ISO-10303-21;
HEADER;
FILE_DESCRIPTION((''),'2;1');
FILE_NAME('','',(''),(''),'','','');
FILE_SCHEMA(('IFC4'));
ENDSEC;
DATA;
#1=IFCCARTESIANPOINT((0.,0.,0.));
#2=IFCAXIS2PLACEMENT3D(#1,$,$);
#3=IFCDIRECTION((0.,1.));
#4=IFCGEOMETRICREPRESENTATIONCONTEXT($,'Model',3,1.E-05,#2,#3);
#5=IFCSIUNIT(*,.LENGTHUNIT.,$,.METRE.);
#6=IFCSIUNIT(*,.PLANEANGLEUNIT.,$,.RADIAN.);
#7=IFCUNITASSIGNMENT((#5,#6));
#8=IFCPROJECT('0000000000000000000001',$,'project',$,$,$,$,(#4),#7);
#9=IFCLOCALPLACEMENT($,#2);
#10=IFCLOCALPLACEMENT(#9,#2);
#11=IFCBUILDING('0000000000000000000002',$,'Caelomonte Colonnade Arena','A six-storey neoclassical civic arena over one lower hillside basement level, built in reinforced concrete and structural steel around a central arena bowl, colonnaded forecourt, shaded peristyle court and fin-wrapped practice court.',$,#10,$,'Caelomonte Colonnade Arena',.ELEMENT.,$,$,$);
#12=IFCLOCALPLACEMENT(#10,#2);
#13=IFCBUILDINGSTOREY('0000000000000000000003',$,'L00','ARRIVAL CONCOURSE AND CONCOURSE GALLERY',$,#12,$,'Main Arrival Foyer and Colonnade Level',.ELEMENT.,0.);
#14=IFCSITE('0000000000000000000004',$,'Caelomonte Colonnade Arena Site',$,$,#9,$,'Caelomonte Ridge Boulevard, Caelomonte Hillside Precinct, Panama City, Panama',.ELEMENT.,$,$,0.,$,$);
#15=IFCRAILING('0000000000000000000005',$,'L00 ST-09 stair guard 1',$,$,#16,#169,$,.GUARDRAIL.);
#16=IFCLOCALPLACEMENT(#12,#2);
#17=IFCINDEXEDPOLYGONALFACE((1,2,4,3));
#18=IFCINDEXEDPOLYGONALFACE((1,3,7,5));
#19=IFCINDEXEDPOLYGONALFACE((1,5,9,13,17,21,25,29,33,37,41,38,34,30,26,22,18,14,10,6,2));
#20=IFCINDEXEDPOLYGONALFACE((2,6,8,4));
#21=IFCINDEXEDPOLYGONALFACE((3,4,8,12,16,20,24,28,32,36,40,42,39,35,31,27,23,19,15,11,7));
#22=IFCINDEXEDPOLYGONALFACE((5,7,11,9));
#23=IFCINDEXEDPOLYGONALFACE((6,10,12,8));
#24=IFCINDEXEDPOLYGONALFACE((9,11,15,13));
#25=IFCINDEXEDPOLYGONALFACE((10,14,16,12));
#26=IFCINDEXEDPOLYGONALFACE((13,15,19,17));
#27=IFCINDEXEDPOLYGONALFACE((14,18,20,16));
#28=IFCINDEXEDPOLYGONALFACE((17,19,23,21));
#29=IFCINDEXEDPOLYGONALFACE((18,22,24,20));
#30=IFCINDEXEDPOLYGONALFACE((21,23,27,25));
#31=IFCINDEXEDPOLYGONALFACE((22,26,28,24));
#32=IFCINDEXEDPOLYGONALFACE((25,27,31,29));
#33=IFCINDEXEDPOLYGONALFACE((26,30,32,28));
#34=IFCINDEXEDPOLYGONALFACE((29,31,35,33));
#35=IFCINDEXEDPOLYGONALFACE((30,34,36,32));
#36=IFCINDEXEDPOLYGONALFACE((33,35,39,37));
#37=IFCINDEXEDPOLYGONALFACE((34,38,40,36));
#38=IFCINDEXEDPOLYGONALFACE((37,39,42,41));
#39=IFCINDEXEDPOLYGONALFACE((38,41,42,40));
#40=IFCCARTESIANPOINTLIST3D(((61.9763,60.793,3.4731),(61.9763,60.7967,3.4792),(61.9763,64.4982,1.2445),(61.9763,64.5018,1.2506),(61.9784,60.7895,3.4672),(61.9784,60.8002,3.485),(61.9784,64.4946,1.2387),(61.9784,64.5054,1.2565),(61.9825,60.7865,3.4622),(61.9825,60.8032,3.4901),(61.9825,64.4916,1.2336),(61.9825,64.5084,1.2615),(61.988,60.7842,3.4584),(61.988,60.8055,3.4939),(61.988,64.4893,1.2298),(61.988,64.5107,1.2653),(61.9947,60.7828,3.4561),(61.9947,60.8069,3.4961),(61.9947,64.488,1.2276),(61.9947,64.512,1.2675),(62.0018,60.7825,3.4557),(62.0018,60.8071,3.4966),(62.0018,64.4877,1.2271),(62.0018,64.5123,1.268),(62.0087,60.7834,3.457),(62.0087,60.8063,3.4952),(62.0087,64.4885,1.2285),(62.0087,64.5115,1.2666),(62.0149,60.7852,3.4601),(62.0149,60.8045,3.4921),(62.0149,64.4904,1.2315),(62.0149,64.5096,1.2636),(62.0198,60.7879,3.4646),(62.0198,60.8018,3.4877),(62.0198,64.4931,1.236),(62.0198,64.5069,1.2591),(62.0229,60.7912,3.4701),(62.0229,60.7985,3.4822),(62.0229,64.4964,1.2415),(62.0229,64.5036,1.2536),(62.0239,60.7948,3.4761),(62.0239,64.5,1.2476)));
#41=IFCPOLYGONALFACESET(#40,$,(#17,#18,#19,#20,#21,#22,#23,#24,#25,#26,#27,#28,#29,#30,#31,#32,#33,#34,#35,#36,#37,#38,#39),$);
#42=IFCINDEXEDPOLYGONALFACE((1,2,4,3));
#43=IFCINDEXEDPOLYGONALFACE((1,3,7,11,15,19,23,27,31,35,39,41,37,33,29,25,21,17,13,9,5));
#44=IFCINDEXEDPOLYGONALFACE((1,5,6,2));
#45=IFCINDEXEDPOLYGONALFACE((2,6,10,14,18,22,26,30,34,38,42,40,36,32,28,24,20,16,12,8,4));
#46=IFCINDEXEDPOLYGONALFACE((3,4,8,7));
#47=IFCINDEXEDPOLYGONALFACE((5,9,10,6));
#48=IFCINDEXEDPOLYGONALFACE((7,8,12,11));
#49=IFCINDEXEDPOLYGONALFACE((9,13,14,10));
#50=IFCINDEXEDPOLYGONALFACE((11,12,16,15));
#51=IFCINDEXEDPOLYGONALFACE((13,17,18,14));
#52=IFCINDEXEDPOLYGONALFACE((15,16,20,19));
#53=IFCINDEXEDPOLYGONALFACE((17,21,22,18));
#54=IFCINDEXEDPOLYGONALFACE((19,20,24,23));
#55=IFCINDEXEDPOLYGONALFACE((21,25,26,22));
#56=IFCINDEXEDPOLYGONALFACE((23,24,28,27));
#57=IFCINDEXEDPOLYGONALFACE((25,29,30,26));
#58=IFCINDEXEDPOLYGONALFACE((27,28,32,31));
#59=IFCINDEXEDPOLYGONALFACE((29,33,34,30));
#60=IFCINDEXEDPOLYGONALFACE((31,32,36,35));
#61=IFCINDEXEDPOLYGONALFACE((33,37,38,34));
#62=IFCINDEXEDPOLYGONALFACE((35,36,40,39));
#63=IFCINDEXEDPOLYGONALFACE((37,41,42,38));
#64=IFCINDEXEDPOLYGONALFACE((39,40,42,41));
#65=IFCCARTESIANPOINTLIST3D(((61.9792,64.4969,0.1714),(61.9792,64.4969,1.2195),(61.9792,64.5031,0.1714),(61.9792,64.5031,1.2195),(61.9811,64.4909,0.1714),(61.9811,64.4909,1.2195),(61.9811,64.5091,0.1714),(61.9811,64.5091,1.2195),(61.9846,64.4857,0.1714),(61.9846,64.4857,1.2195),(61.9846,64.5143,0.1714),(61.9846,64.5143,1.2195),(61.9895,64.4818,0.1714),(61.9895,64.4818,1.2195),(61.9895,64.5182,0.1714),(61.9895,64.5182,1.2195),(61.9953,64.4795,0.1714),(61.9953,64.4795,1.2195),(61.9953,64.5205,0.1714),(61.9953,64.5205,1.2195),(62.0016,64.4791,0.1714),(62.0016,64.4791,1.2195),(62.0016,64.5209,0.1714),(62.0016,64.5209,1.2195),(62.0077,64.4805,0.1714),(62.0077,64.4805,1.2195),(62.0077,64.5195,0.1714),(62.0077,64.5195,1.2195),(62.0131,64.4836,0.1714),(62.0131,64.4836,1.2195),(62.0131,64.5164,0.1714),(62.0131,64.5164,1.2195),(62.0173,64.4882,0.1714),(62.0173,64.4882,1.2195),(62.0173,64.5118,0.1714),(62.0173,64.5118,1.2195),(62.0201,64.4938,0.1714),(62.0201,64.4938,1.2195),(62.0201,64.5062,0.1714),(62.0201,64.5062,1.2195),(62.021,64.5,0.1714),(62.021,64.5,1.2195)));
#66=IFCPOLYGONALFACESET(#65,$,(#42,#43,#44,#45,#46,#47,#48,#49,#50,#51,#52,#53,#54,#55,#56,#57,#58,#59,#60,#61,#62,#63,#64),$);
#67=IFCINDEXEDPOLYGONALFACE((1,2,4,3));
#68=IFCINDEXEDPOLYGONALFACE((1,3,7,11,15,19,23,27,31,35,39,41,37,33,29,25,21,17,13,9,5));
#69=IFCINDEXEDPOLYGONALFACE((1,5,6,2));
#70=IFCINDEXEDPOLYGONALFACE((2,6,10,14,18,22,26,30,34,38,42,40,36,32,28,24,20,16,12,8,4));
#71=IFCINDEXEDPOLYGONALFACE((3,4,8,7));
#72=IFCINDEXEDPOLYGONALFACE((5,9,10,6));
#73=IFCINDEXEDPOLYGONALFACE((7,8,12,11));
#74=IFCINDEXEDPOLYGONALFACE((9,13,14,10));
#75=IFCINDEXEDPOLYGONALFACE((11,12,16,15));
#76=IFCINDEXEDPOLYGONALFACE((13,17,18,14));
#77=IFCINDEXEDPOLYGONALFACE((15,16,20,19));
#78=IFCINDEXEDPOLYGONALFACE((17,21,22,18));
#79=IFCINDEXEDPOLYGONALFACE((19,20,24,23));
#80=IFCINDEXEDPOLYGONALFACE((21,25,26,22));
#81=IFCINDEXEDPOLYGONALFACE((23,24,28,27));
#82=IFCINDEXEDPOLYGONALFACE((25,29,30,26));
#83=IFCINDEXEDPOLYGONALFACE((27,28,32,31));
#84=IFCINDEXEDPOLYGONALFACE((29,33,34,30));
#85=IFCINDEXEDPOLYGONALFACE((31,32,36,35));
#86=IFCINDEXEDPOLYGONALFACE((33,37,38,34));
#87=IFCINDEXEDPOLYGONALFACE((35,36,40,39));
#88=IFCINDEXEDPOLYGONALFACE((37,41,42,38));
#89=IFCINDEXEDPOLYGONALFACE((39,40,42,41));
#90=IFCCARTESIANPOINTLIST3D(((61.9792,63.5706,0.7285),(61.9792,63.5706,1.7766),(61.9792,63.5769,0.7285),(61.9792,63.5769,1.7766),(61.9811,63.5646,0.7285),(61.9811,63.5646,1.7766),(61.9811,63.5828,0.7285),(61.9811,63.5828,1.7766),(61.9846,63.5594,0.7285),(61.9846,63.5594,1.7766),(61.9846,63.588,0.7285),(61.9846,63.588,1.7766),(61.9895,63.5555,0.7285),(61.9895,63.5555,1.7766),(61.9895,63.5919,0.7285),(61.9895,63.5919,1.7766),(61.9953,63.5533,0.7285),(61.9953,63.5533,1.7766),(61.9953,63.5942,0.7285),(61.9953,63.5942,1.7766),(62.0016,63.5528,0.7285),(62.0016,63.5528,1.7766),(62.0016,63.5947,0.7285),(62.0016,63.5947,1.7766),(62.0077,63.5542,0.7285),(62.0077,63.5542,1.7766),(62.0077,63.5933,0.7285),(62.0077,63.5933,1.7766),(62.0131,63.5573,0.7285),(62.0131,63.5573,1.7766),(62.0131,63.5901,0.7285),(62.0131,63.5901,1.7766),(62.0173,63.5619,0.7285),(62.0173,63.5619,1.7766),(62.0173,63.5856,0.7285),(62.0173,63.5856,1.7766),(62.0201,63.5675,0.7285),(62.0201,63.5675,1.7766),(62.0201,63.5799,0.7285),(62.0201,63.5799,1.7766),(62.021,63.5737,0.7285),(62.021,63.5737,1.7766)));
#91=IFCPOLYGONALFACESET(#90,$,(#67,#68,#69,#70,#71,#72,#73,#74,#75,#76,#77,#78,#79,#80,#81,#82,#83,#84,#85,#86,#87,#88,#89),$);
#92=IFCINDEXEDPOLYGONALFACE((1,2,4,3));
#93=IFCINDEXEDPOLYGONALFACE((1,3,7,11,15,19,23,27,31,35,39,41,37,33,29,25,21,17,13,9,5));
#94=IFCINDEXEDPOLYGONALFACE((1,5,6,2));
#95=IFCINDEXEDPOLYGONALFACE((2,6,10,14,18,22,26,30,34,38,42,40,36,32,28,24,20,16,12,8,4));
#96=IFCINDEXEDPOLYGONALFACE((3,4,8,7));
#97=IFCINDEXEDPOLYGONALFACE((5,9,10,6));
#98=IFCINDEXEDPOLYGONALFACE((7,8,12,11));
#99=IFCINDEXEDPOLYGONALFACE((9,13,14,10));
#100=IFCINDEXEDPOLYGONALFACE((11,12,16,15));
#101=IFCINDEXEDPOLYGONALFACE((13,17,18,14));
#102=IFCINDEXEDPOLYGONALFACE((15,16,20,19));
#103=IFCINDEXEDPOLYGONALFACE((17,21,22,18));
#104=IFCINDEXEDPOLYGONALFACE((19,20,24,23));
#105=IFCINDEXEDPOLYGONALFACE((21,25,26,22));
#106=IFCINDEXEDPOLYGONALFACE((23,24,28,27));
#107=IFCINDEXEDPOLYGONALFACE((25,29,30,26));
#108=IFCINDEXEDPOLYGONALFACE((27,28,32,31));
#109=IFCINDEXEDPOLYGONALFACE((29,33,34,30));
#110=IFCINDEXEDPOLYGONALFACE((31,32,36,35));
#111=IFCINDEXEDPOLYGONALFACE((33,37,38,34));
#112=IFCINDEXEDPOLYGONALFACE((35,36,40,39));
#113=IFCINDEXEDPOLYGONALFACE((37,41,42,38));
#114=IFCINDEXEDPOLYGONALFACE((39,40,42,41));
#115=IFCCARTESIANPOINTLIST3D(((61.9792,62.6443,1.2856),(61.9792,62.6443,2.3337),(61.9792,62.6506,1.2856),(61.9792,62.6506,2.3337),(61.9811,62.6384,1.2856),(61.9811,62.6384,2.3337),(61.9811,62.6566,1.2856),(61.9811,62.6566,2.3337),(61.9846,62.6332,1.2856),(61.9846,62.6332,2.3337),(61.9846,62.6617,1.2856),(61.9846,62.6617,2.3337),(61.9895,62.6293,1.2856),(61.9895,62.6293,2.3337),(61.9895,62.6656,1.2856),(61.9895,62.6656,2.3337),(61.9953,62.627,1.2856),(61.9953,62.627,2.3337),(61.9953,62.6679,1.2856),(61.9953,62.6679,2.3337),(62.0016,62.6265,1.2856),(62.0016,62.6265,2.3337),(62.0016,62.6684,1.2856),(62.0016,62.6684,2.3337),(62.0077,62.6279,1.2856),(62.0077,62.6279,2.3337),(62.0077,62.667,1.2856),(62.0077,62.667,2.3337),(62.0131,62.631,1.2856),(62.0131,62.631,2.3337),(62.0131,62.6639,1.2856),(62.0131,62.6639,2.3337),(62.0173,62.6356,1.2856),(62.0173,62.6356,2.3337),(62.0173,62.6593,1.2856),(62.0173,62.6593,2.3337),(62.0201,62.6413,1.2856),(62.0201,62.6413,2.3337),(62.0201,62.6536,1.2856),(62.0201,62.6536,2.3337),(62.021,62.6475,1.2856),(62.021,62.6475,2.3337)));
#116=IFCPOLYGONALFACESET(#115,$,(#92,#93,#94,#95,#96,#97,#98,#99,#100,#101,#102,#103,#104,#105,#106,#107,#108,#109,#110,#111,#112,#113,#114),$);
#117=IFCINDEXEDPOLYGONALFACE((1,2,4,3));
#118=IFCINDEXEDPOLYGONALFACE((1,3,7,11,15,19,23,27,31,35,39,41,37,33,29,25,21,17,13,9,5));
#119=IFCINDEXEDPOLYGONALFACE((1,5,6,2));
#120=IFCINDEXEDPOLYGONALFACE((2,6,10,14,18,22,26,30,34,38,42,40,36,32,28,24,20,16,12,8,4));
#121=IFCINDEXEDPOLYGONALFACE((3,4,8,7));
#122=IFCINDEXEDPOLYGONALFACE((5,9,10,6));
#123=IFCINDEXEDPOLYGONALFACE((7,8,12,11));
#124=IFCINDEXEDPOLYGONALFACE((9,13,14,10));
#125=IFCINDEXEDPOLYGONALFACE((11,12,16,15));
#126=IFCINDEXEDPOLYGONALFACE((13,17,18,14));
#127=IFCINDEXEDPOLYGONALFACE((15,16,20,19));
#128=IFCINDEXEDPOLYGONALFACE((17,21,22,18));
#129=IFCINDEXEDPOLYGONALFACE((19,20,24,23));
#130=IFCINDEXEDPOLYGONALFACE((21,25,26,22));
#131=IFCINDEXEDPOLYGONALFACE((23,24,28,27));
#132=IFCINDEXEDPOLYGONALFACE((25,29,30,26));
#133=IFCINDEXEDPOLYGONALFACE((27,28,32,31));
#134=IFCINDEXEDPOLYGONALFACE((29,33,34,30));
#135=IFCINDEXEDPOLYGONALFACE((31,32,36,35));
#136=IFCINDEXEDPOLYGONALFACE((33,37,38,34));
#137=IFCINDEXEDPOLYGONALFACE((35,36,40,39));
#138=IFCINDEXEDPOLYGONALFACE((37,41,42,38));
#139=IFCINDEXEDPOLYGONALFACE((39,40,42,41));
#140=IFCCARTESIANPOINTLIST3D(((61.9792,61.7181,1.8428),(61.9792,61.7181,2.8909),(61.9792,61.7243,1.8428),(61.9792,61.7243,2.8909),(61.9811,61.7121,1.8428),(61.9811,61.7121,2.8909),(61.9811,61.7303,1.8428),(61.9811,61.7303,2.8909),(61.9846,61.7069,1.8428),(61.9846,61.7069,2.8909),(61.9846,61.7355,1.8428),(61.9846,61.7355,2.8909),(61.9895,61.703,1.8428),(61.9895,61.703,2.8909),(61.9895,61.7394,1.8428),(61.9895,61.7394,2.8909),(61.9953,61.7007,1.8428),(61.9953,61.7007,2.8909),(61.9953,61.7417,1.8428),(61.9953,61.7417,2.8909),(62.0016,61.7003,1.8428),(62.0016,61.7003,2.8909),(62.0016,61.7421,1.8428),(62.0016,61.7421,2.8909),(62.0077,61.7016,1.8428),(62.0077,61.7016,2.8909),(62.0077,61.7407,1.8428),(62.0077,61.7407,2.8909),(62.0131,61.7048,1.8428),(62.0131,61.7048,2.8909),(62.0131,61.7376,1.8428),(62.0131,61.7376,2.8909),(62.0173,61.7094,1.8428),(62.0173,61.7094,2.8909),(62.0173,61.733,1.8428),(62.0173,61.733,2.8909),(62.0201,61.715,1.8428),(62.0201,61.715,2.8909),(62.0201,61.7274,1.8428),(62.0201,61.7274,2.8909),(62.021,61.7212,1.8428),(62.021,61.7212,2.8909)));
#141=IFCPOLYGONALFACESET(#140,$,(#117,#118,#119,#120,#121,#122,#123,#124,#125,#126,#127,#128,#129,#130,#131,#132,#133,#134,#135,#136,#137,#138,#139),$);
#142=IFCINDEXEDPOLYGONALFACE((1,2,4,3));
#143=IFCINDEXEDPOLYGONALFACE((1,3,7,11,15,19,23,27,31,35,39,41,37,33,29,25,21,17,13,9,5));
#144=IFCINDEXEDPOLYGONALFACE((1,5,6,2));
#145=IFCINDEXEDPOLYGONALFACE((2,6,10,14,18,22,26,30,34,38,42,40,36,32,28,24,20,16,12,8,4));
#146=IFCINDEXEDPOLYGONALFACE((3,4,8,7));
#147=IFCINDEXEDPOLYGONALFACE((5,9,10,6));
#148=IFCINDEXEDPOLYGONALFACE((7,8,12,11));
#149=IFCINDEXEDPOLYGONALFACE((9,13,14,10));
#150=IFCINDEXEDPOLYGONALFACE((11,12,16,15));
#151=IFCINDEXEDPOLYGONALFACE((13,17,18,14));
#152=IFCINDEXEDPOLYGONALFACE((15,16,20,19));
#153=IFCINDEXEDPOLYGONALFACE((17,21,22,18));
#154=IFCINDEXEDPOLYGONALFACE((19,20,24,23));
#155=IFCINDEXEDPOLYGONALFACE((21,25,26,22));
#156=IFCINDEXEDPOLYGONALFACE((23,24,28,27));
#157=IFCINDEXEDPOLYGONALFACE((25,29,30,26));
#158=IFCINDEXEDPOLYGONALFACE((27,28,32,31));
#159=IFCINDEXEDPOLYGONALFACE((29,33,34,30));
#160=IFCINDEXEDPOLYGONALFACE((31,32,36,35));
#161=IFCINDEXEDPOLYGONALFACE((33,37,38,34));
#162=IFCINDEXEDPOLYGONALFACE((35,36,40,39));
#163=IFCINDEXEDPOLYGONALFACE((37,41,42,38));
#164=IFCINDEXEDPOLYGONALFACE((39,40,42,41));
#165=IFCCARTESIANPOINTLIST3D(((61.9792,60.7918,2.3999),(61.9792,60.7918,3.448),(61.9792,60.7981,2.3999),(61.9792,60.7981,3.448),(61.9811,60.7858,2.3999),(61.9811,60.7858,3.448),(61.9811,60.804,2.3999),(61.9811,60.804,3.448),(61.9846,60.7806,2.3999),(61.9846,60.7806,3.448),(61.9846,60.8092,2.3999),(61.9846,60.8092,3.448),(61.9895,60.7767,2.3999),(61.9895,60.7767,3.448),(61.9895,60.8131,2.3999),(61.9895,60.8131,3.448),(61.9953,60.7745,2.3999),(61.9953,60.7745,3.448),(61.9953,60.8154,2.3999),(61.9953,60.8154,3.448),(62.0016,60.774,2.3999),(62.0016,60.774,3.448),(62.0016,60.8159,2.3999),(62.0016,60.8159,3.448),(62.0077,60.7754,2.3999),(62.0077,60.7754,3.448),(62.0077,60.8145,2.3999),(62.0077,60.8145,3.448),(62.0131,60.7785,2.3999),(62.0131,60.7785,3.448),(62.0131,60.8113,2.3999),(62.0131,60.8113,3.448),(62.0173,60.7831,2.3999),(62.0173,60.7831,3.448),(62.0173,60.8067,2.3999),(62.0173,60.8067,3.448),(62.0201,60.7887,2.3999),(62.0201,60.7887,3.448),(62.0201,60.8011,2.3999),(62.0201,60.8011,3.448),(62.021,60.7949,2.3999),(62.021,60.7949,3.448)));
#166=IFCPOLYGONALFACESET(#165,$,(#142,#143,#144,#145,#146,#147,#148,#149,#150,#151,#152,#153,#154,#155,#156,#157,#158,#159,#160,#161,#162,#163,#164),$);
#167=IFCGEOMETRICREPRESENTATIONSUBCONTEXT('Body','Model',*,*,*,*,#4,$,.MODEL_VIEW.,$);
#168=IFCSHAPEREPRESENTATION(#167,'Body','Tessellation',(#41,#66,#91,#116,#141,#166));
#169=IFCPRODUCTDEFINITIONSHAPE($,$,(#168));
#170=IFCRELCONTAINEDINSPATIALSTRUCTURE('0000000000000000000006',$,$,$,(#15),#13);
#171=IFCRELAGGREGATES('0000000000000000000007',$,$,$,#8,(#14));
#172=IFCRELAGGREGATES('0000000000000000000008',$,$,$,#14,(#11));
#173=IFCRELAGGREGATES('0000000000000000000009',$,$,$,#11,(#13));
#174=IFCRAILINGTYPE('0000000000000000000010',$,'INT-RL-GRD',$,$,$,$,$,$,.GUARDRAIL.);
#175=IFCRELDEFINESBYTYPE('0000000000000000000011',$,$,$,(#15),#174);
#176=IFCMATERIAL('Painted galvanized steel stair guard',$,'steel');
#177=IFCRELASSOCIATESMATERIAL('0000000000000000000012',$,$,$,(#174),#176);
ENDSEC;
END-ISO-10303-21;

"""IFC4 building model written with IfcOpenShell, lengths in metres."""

from ifc_helpers import new_model, si_unit, direction, frame, origin, origin_2d, place, context, subcontext, project, spatial, circle, extrude, material, type_object, element, save


model = new_model("IFC4")

# Units and contexts
model_context = context("Model", 3, precision=1e-05, world=origin(), true_north=direction((0.0, 1.0)))
body_context = subcontext(model_context, "Body", "Model", "MODEL_VIEW")
ifc_project = project(units=[si_unit("LENGTHUNIT", "METRE"), si_unit("PLANEANGLEUNIT", "RADIAN")], contexts=[model_context])

# Site, building, storey
site_placement = place(None, origin())
site = spatial("IfcSite", under=ifc_project, at=site_placement, Name="Caelomonte Colonnade Arena Site", LongName="Caelomonte Ridge Boulevard, Caelomonte Hillside Precinct, Panama City, Panama", CompositionType="ELEMENT", RefElevation=0.0)
building_placement = place(site_placement, origin())
building = spatial("IfcBuilding", under=site, at=building_placement, Name="Caelomonte Colonnade Arena", Description="A six-storey neoclassical civic arena over one lower hillside basement level, built in reinforced concrete and structural steel around a central arena bowl, colonnaded forecourt, shaded peristyle court and fin-wrapped practice court.", LongName="Caelomonte Colonnade Arena", CompositionType="ELEMENT")
storey_placement = place(building_placement, origin())
storey = spatial("IfcBuildingStorey", under=building, at=storey_placement, Name="L00", Description="ARRIVAL CONCOURSE AND CONCOURSE GALLERY", LongName="Main Arrival Foyer and Colonnade Level", CompositionType="ELEMENT", Elevation=0.0)

# Railing
ifc_material_1 = material(Name="Painted galvanized steel stair guard", Category="steel")
railing_type_1 = type_object("IfcRailingType", Name="INT-RL-GRD", PredefinedType="GUARDRAIL", material=ifc_material_1)
railing_1_placement = place(storey_placement, frame((62.0, 64.5, 0.1714)))
element("IfcRailing", 1, at=railing_1_placement, inside=storey, type_object=railing_type_1, Name="L00 ST-09 stair guard 1", PredefinedType="GUARDRAIL", context=body_context, shape_type="SweptSolid", body=[
    extrude(circle(Radius=0.0239, at=origin_2d()), frame((0.0, 0.0, 1.0762), z_axis=(0.0, -0.856934, 0.515425), x_axis=(1.0, 0.0, 0.0)), (0.0, 0.0, 1.0), 4.3237),
    extrude(circle(Radius=0.021, at=origin_2d()), origin(), (0.0, 0.0, 1.0), 1.0481),
    extrude(circle(Radius=0.021, at=origin_2d()), frame((0.0, -0.9263, 0.5571)), (0.0, 0.0, 1.0), 1.0481),
    extrude(circle(Radius=0.021, at=origin_2d()), frame((0.0, -1.8525, 1.1143)), (0.0, 0.0, 1.0), 1.0481),
    extrude(circle(Radius=0.021, at=origin_2d()), frame((0.0, -2.7788, 1.6714)), (0.0, 0.0, 1.0), 1.0481),
    extrude(circle(Radius=0.021, at=origin_2d()), frame((0.0, -3.7051, 2.2285)), (0.0, 0.0, 1.0), 1.0481),
])

save(model, "model.ifc")
